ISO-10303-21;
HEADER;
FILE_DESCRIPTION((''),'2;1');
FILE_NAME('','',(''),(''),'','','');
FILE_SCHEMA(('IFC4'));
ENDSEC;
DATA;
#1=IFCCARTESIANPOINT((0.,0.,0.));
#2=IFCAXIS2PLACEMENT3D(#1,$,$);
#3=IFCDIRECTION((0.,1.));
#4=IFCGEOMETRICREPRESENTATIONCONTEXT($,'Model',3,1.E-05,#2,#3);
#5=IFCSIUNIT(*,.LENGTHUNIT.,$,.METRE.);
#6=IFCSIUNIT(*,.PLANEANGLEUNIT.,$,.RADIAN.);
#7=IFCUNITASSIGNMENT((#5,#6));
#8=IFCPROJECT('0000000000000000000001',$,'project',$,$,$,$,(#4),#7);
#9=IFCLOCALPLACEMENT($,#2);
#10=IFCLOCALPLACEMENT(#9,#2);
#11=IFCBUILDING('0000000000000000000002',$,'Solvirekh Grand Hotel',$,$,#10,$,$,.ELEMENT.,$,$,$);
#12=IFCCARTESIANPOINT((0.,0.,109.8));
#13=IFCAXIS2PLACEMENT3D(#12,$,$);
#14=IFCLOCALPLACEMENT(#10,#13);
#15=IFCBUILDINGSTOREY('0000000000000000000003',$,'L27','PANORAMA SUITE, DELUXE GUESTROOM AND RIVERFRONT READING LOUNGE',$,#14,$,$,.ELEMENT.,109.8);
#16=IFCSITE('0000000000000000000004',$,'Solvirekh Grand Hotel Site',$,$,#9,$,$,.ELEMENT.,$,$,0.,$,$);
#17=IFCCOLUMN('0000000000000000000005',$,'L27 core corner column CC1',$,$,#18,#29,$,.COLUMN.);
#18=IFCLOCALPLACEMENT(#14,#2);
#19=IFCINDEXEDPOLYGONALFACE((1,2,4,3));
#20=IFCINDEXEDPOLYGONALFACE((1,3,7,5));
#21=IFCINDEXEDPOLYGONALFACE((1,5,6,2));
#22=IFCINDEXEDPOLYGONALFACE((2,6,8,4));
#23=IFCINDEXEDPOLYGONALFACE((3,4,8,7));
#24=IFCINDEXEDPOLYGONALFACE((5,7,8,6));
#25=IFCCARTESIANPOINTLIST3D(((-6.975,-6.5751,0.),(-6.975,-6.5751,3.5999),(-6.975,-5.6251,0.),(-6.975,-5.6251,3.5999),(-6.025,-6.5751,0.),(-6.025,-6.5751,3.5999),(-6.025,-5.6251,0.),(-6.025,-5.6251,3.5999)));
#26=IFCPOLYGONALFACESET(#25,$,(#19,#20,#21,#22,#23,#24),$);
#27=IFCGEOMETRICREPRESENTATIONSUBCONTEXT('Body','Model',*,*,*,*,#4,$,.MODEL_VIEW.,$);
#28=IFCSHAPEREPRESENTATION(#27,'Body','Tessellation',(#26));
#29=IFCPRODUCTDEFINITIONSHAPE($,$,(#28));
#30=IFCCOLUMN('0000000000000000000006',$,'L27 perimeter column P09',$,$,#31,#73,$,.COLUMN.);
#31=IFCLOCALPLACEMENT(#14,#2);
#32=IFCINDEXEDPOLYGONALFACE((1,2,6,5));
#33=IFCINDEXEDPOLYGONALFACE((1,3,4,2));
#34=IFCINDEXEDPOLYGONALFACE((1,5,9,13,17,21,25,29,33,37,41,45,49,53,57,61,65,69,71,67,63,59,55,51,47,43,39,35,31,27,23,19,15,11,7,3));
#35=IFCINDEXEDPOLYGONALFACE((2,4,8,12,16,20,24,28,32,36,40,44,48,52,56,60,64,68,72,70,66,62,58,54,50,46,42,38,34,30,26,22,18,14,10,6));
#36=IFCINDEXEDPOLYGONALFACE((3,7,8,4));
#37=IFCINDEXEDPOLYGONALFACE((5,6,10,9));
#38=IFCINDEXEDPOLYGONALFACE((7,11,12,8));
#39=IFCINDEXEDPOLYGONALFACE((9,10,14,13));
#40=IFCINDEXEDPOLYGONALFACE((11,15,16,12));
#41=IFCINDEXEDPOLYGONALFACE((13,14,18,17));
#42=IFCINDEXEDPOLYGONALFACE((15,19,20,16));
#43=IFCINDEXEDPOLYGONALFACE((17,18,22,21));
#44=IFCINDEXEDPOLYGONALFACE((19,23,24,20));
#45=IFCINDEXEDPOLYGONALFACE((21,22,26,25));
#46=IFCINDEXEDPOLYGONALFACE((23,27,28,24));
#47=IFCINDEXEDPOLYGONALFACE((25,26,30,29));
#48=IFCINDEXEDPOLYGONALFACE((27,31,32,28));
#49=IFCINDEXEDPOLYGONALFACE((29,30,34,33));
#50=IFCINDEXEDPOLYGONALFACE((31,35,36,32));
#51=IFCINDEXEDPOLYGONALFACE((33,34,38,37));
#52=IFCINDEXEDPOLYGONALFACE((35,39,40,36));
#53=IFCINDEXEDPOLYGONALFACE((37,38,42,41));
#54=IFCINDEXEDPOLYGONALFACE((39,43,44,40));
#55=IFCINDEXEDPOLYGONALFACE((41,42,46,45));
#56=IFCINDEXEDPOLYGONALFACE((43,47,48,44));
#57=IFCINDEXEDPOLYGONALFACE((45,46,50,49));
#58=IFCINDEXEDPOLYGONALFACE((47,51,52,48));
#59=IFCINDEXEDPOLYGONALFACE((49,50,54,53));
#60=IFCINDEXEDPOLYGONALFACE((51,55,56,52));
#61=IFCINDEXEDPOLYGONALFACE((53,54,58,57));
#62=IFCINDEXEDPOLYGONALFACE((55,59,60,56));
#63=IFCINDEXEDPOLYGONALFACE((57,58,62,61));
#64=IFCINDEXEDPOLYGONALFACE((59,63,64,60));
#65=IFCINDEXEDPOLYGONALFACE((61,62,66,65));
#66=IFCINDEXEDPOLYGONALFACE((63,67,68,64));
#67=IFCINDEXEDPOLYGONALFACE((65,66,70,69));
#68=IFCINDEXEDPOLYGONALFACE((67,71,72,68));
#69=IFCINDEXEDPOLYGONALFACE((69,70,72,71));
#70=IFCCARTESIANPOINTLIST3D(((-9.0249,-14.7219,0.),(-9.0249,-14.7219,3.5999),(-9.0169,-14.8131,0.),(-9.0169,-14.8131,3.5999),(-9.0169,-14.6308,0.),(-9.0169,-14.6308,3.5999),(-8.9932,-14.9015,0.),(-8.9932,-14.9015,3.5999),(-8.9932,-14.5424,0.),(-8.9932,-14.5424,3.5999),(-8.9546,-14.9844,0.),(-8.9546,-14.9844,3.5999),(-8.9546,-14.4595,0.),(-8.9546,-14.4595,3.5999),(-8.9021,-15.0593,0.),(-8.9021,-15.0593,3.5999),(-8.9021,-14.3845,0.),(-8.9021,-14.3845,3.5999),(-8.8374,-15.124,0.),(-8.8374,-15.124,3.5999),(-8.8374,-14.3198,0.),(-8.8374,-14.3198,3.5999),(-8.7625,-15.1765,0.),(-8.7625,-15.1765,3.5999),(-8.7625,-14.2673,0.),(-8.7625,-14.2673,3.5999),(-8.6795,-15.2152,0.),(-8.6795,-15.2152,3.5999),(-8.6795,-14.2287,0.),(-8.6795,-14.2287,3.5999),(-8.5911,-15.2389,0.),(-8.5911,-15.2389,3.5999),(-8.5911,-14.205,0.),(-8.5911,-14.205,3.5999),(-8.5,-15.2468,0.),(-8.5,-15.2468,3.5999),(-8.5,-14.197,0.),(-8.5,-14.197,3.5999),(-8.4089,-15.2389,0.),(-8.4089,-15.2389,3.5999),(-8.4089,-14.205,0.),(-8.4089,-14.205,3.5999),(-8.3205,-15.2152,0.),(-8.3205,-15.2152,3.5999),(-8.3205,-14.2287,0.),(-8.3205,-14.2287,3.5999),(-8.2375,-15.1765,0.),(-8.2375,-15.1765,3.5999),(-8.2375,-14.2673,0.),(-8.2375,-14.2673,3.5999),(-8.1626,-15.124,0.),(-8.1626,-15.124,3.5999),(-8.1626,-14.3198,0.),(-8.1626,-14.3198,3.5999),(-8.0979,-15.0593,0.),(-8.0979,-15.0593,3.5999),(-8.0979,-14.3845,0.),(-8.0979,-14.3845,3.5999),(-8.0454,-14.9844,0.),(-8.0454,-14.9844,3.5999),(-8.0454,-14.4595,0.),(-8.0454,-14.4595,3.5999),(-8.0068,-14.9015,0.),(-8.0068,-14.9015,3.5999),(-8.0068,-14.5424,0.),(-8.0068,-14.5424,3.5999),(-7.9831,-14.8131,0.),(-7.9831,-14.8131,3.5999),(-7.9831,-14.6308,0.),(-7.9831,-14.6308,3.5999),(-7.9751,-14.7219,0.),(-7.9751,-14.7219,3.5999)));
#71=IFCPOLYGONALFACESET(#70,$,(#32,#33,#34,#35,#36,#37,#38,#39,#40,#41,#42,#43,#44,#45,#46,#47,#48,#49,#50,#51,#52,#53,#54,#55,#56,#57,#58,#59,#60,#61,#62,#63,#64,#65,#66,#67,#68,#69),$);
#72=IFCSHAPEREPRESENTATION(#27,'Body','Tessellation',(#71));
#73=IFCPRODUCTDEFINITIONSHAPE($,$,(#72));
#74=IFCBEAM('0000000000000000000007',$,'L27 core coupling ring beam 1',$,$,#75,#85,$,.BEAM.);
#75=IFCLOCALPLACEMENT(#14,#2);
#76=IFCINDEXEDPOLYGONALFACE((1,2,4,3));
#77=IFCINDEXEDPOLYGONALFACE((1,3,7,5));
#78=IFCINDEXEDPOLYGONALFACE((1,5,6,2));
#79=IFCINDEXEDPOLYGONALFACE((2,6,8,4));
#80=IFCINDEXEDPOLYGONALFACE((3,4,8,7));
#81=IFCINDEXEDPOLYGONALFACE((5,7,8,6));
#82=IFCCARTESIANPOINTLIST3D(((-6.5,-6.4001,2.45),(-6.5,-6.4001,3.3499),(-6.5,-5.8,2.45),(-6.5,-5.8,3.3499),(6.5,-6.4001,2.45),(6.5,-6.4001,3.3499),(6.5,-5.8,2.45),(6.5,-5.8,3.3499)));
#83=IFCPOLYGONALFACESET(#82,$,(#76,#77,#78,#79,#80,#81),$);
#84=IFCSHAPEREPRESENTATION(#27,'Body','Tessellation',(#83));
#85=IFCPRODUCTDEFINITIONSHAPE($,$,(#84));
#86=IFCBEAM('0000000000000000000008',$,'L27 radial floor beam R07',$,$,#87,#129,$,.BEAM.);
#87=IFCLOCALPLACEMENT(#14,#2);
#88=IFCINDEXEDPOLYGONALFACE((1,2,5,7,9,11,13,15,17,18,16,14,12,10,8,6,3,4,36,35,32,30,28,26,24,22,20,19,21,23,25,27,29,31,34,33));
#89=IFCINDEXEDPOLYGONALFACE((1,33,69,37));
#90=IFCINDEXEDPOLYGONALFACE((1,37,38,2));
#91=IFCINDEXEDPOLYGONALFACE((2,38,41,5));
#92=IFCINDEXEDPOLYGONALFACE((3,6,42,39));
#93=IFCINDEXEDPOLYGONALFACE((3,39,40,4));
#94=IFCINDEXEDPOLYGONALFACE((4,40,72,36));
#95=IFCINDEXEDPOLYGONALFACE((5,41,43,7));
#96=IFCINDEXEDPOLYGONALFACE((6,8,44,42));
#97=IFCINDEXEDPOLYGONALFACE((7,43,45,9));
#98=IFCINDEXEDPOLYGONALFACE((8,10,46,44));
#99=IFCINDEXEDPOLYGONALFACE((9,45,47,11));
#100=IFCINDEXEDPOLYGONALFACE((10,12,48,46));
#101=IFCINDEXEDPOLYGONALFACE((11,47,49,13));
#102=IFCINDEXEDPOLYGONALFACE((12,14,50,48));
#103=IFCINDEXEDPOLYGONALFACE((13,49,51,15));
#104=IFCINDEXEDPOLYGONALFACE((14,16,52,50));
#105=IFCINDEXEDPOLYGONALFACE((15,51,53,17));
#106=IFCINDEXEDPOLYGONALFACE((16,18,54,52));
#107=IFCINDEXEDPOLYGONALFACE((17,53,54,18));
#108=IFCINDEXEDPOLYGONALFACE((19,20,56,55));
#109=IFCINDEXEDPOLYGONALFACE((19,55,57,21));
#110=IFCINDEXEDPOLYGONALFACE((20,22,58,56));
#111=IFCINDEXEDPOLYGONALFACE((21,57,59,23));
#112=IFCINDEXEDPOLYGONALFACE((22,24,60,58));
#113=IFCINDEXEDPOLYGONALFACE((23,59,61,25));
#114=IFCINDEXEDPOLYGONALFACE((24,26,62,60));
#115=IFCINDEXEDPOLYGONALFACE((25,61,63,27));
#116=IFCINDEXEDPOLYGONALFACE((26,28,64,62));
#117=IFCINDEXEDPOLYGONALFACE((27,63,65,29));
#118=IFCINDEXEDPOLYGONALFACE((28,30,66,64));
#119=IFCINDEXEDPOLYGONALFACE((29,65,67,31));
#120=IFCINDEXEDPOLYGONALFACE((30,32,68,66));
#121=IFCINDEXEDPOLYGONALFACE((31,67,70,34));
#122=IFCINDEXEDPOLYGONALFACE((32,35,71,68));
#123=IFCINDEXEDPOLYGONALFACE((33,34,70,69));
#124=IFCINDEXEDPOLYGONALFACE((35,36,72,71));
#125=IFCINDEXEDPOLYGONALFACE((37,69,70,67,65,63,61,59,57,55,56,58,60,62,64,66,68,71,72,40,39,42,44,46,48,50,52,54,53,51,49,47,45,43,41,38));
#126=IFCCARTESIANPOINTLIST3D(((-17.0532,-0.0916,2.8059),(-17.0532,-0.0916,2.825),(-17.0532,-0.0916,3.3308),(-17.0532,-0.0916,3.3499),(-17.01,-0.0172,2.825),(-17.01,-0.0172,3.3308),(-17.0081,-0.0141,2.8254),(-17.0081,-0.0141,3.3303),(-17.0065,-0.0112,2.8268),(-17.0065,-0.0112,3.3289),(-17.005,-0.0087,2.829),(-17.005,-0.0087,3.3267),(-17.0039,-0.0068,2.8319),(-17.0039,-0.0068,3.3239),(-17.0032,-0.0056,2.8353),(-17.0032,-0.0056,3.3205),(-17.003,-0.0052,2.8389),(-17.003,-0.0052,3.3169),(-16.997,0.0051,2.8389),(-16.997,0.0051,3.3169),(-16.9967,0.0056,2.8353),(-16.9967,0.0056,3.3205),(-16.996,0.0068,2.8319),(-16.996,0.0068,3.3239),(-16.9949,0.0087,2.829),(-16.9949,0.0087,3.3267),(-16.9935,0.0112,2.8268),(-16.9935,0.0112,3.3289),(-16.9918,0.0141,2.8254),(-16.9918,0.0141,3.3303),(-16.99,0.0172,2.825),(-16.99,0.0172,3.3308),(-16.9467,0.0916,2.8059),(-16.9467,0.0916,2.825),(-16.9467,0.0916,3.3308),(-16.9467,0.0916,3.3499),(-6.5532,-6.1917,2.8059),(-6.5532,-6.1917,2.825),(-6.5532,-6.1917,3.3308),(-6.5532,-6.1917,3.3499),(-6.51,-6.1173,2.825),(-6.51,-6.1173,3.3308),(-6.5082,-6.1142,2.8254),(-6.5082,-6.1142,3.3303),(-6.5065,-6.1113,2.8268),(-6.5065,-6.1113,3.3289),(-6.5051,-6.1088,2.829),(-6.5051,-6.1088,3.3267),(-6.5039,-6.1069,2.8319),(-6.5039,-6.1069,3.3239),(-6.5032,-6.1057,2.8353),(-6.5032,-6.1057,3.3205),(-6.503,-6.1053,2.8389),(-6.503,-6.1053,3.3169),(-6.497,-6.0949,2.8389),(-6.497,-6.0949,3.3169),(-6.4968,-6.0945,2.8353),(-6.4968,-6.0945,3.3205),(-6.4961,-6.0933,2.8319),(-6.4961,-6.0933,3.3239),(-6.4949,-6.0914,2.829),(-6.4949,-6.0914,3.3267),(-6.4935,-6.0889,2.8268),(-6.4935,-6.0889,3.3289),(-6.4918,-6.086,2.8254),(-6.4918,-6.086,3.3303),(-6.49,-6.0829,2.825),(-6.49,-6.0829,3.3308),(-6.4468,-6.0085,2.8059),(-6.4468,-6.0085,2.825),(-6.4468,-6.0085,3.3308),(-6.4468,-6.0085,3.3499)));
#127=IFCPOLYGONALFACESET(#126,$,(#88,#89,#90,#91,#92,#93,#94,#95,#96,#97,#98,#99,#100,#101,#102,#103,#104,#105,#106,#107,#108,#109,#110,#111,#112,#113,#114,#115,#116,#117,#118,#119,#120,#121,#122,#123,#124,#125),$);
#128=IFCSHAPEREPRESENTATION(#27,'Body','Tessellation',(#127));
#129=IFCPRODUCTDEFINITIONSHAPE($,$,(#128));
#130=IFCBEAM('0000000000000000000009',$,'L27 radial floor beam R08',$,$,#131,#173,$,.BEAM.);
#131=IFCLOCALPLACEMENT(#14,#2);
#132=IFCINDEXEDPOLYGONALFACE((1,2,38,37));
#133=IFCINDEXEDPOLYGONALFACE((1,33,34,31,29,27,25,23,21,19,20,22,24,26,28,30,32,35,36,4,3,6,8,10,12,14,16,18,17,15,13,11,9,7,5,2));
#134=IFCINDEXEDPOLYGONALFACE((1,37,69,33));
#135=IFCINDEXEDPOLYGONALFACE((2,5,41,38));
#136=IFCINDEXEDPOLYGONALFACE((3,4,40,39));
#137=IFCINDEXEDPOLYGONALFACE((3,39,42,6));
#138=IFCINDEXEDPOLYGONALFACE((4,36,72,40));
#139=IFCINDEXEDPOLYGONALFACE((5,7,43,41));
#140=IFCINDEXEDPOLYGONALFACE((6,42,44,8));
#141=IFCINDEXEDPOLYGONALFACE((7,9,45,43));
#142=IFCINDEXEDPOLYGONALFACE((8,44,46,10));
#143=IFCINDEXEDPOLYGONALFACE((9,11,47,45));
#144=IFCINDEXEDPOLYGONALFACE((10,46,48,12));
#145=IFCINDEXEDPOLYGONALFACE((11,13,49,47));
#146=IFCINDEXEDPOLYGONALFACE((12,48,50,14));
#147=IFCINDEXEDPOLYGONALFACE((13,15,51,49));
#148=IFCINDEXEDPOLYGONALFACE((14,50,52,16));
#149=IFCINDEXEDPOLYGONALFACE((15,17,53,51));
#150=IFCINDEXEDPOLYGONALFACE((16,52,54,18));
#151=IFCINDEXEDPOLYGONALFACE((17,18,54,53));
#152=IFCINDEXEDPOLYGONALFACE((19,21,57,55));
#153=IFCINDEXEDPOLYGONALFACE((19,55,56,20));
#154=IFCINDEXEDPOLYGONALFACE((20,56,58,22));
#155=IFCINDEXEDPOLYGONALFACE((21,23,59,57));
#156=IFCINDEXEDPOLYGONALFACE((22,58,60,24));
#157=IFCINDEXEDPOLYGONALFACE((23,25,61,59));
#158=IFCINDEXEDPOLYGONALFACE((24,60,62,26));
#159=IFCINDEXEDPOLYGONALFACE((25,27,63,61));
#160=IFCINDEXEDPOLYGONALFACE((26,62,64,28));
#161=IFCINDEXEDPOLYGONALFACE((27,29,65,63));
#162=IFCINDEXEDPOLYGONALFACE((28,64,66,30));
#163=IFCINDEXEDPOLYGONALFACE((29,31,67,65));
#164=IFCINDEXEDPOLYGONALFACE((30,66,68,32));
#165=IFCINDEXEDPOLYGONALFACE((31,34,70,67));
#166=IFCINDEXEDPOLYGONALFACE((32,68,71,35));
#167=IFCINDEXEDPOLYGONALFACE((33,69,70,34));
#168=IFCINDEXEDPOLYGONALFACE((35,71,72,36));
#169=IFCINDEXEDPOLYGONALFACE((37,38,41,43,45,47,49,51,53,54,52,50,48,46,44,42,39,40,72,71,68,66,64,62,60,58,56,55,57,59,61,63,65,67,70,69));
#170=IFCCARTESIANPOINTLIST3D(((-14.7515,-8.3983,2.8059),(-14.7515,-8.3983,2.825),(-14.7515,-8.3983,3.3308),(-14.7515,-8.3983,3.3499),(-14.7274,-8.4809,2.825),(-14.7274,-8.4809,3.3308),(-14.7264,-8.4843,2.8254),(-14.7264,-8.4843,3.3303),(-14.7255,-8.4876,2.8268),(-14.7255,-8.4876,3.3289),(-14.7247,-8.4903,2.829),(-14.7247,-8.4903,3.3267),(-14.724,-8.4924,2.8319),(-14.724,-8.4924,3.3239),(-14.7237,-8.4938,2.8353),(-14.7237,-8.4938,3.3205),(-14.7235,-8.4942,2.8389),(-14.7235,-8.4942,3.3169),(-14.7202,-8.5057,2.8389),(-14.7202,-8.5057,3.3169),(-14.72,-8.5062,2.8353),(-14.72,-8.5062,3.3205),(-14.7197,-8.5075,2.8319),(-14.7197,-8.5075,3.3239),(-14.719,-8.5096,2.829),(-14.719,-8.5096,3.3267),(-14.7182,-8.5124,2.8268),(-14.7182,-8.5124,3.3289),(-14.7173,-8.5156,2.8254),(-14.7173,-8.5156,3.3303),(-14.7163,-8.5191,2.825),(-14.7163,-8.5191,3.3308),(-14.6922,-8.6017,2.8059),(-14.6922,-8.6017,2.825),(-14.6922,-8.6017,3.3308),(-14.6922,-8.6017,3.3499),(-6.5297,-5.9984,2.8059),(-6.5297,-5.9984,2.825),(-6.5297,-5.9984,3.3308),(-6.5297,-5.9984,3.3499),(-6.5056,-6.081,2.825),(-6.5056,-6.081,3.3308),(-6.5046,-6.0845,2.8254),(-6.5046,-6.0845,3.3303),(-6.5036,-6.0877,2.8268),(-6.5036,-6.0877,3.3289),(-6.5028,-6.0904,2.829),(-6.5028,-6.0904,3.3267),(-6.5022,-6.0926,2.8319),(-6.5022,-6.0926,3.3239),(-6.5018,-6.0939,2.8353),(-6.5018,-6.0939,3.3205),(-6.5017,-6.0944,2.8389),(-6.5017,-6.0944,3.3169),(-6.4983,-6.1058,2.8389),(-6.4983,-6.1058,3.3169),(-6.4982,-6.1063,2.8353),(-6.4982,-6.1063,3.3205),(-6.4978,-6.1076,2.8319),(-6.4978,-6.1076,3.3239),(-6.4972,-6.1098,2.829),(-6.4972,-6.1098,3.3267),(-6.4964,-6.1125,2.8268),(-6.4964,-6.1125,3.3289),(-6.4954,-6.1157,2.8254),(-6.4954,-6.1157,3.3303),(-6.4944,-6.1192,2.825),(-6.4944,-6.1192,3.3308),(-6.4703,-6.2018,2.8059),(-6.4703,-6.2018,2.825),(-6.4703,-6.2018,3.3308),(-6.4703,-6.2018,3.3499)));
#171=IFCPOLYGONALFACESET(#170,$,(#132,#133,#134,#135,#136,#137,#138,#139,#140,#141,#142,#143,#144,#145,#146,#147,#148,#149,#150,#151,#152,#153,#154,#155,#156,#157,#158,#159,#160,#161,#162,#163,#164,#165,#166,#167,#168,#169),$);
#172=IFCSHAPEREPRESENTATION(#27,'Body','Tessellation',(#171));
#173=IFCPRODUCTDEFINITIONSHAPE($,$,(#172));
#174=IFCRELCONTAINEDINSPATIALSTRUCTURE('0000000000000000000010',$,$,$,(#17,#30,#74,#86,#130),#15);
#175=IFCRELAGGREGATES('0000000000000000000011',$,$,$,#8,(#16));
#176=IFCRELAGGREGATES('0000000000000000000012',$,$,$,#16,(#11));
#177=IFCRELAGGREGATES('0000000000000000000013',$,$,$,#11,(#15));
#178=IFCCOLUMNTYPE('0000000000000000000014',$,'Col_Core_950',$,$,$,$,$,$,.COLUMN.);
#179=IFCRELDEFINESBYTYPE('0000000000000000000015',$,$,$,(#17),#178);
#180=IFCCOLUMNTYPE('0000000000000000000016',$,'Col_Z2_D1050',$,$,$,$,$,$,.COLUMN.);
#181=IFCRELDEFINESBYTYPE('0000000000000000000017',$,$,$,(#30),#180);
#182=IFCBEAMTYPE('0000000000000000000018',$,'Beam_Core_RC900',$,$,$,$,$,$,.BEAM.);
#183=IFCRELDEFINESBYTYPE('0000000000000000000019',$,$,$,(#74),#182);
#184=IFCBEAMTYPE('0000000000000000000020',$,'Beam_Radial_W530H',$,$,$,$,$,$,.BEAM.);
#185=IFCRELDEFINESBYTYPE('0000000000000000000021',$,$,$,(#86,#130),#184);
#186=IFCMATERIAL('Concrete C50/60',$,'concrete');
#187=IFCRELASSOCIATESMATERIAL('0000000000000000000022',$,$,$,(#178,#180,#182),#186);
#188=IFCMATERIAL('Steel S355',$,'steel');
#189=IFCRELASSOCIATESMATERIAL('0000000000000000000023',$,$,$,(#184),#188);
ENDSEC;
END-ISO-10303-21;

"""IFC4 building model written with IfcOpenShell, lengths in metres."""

from ifc_helpers import new_model, si_unit, direction, frame, origin, origin_2d, place, context, subcontext, project, spatial, rectangle, circle, i_section, extrude, material, material_profile, profile_set, type_object, element, save


model = new_model("IFC4")

# Units and contexts
model_context = context("Model", 3, precision=1e-05, world=origin(), true_north=direction((0.0, 1.0)))
body_context = subcontext(model_context, "Body", "Model", "MODEL_VIEW")
ifc_project = project(units=[si_unit("LENGTHUNIT", "METRE"), si_unit("PLANEANGLEUNIT", "RADIAN")], contexts=[model_context])

# Site, building, storey
site_placement = place(None, origin())
site = spatial("IfcSite", under=ifc_project, at=site_placement, Name="Solvirekh Grand Hotel Site", CompositionType="ELEMENT", RefElevation=0.0)
building_placement = place(site_placement, origin())
building = spatial("IfcBuilding", under=site, at=building_placement, Name="Solvirekh Grand Hotel", CompositionType="ELEMENT")
storey_placement = place(building_placement, frame((0.0, 0.0, 109.8)))
storey = spatial("IfcBuildingStorey", under=building, at=storey_placement, Name="L27", Description="PANORAMA SUITE, DELUXE GUESTROOM AND RIVERFRONT READING LOUNGE", CompositionType="ELEMENT", Elevation=109.8)

# Columns
ifc_material_1 = material(Name="Concrete C50/60", Category="concrete")
ifc_material_profile_1 = material_profile(ifc_material_1, rectangle(XDim=0.95, YDim=0.95, at=origin_2d()), Name="RC 950X950")
ifc_profile_set_1 = profile_set([ifc_material_profile_1], Name="Concrete C50/60")
column_type_1 = type_object("IfcColumnType", Name="Col_Core_950", PredefinedType="COLUMN", material=ifc_profile_set_1)
column_1_placement = place(storey_placement, frame((-6.5, -6.1001, 0.0), z_axis=(0.0, 0.0, 1.0), x_axis=(1.0, 0.0, 0.0)))
element("IfcColumn", 1, at=column_1_placement, inside=storey, type_object=column_type_1, Name="L27 core corner column CC1", PredefinedType="COLUMN", context=body_context, shape_type="SweptSolid", body=[
    extrude(rectangle(XDim=0.95, YDim=0.95, at=origin_2d()), origin(), (0.0, 0.0, 1.0), 3.5999),
])
ifc_material_profile_2 = material_profile(ifc_material_1, circle(Radius=0.5249, at=origin_2d()), Name="RC CIRC D1050")
ifc_profile_set_2 = profile_set([ifc_material_profile_2], Name="Concrete C50/60")
column_type_2 = type_object("IfcColumnType", Name="Col_Z2_D1050", PredefinedType="COLUMN", material=ifc_profile_set_2)
column_2_placement = place(storey_placement, frame((-8.5, -14.7219, 0.0), z_axis=(0.0, 0.0, 1.0), x_axis=(1.0, 0.0, 0.0)))
element("IfcColumn", 2, at=column_2_placement, inside=storey, type_object=column_type_2, Name="L27 perimeter column P09", PredefinedType="COLUMN", context=body_context, shape_type="SweptSolid", body=[
    extrude(circle(Radius=0.5249, at=origin_2d()), origin(), (0.0, 0.0, 1.0), 3.5999),
])

# Beams
ifc_material_profile_3 = material_profile(ifc_material_1, rectangle(XDim=0.6001, YDim=0.8999, at=origin_2d()), Name="RC BEAM 600X900")
ifc_profile_set_3 = profile_set([ifc_material_profile_3], Name="Concrete C50/60")
beam_type_1 = type_object("IfcBeamType", Name="Beam_Core_RC900", PredefinedType="BEAM", material=ifc_profile_set_3)
beam_1_placement = place(storey_placement, frame((-6.5, -6.1001, 2.8999), z_axis=(1.0, 0.0, 0.0), x_axis=(0.0, 1.0, 0.0)))
element("IfcBeam", 3, at=beam_1_placement, inside=storey, type_object=beam_type_1, Name="L27 core coupling ring beam 1", PredefinedType="BEAM", context=body_context, shape_type="SweptSolid", body=[
    extrude(rectangle(XDim=0.6001, YDim=0.8999, at=origin_2d()), origin(), (0.0, 0.0, 1.0), 13.0),
])
ifc_material_2 = material(Name="Steel S355", Category="steel")
ifc_material_profile_4 = material_profile(ifc_material_2, i_section(OverallWidth=0.2119, OverallDepth=0.5439, WebThickness=0.012, FlangeThickness=0.019, FilletRadius=0.0139, at=origin_2d()), Name="W530X123")
ifc_profile_set_4 = profile_set([ifc_material_profile_4], Name="Steel S355")
beam_type_2 = type_object("IfcBeamType", Name="Beam_Radial_W530H", PredefinedType="BEAM", material=ifc_profile_set_4)
beam_2_placement = place(storey_placement, frame((-6.5, -6.1001, 3.0779), z_axis=(-0.86467, 0.50234, 0.0), x_axis=(-0.50234, -0.86467, 0.0)))
element("IfcBeam", 4, at=beam_2_placement, inside=storey, type_object=beam_type_2, Name="L27 radial floor beam R07", PredefinedType="BEAM", context=body_context, shape_type="SweptSolid", body=[
    extrude(i_section(OverallWidth=0.2119, OverallDepth=0.5439, WebThickness=0.012, FlangeThickness=0.019, FilletRadius=0.0139, at=origin_2d()), origin(), (0.0, 0.0, 1.0), 12.1433),
])
beam_3_placement = place(storey_placement, frame((-6.5, -6.1001, 3.0779), z_axis=(-0.959942, -0.280198, 0.0), x_axis=(0.280198, -0.959942, 0.0)))
element("IfcBeam", 5, at=beam_3_placement, inside=storey, type_object=beam_type_2, Name="L27 radial floor beam R08", PredefinedType="BEAM", context=body_context, shape_type="SweptSolid", body=[
    extrude(i_section(OverallWidth=0.2119, OverallDepth=0.5439, WebThickness=0.012, FlangeThickness=0.019, FilletRadius=0.0139, at=origin_2d()), origin(), (0.0, 0.0, 1.0), 8.5649),
])

save(model, "model.ifc")
